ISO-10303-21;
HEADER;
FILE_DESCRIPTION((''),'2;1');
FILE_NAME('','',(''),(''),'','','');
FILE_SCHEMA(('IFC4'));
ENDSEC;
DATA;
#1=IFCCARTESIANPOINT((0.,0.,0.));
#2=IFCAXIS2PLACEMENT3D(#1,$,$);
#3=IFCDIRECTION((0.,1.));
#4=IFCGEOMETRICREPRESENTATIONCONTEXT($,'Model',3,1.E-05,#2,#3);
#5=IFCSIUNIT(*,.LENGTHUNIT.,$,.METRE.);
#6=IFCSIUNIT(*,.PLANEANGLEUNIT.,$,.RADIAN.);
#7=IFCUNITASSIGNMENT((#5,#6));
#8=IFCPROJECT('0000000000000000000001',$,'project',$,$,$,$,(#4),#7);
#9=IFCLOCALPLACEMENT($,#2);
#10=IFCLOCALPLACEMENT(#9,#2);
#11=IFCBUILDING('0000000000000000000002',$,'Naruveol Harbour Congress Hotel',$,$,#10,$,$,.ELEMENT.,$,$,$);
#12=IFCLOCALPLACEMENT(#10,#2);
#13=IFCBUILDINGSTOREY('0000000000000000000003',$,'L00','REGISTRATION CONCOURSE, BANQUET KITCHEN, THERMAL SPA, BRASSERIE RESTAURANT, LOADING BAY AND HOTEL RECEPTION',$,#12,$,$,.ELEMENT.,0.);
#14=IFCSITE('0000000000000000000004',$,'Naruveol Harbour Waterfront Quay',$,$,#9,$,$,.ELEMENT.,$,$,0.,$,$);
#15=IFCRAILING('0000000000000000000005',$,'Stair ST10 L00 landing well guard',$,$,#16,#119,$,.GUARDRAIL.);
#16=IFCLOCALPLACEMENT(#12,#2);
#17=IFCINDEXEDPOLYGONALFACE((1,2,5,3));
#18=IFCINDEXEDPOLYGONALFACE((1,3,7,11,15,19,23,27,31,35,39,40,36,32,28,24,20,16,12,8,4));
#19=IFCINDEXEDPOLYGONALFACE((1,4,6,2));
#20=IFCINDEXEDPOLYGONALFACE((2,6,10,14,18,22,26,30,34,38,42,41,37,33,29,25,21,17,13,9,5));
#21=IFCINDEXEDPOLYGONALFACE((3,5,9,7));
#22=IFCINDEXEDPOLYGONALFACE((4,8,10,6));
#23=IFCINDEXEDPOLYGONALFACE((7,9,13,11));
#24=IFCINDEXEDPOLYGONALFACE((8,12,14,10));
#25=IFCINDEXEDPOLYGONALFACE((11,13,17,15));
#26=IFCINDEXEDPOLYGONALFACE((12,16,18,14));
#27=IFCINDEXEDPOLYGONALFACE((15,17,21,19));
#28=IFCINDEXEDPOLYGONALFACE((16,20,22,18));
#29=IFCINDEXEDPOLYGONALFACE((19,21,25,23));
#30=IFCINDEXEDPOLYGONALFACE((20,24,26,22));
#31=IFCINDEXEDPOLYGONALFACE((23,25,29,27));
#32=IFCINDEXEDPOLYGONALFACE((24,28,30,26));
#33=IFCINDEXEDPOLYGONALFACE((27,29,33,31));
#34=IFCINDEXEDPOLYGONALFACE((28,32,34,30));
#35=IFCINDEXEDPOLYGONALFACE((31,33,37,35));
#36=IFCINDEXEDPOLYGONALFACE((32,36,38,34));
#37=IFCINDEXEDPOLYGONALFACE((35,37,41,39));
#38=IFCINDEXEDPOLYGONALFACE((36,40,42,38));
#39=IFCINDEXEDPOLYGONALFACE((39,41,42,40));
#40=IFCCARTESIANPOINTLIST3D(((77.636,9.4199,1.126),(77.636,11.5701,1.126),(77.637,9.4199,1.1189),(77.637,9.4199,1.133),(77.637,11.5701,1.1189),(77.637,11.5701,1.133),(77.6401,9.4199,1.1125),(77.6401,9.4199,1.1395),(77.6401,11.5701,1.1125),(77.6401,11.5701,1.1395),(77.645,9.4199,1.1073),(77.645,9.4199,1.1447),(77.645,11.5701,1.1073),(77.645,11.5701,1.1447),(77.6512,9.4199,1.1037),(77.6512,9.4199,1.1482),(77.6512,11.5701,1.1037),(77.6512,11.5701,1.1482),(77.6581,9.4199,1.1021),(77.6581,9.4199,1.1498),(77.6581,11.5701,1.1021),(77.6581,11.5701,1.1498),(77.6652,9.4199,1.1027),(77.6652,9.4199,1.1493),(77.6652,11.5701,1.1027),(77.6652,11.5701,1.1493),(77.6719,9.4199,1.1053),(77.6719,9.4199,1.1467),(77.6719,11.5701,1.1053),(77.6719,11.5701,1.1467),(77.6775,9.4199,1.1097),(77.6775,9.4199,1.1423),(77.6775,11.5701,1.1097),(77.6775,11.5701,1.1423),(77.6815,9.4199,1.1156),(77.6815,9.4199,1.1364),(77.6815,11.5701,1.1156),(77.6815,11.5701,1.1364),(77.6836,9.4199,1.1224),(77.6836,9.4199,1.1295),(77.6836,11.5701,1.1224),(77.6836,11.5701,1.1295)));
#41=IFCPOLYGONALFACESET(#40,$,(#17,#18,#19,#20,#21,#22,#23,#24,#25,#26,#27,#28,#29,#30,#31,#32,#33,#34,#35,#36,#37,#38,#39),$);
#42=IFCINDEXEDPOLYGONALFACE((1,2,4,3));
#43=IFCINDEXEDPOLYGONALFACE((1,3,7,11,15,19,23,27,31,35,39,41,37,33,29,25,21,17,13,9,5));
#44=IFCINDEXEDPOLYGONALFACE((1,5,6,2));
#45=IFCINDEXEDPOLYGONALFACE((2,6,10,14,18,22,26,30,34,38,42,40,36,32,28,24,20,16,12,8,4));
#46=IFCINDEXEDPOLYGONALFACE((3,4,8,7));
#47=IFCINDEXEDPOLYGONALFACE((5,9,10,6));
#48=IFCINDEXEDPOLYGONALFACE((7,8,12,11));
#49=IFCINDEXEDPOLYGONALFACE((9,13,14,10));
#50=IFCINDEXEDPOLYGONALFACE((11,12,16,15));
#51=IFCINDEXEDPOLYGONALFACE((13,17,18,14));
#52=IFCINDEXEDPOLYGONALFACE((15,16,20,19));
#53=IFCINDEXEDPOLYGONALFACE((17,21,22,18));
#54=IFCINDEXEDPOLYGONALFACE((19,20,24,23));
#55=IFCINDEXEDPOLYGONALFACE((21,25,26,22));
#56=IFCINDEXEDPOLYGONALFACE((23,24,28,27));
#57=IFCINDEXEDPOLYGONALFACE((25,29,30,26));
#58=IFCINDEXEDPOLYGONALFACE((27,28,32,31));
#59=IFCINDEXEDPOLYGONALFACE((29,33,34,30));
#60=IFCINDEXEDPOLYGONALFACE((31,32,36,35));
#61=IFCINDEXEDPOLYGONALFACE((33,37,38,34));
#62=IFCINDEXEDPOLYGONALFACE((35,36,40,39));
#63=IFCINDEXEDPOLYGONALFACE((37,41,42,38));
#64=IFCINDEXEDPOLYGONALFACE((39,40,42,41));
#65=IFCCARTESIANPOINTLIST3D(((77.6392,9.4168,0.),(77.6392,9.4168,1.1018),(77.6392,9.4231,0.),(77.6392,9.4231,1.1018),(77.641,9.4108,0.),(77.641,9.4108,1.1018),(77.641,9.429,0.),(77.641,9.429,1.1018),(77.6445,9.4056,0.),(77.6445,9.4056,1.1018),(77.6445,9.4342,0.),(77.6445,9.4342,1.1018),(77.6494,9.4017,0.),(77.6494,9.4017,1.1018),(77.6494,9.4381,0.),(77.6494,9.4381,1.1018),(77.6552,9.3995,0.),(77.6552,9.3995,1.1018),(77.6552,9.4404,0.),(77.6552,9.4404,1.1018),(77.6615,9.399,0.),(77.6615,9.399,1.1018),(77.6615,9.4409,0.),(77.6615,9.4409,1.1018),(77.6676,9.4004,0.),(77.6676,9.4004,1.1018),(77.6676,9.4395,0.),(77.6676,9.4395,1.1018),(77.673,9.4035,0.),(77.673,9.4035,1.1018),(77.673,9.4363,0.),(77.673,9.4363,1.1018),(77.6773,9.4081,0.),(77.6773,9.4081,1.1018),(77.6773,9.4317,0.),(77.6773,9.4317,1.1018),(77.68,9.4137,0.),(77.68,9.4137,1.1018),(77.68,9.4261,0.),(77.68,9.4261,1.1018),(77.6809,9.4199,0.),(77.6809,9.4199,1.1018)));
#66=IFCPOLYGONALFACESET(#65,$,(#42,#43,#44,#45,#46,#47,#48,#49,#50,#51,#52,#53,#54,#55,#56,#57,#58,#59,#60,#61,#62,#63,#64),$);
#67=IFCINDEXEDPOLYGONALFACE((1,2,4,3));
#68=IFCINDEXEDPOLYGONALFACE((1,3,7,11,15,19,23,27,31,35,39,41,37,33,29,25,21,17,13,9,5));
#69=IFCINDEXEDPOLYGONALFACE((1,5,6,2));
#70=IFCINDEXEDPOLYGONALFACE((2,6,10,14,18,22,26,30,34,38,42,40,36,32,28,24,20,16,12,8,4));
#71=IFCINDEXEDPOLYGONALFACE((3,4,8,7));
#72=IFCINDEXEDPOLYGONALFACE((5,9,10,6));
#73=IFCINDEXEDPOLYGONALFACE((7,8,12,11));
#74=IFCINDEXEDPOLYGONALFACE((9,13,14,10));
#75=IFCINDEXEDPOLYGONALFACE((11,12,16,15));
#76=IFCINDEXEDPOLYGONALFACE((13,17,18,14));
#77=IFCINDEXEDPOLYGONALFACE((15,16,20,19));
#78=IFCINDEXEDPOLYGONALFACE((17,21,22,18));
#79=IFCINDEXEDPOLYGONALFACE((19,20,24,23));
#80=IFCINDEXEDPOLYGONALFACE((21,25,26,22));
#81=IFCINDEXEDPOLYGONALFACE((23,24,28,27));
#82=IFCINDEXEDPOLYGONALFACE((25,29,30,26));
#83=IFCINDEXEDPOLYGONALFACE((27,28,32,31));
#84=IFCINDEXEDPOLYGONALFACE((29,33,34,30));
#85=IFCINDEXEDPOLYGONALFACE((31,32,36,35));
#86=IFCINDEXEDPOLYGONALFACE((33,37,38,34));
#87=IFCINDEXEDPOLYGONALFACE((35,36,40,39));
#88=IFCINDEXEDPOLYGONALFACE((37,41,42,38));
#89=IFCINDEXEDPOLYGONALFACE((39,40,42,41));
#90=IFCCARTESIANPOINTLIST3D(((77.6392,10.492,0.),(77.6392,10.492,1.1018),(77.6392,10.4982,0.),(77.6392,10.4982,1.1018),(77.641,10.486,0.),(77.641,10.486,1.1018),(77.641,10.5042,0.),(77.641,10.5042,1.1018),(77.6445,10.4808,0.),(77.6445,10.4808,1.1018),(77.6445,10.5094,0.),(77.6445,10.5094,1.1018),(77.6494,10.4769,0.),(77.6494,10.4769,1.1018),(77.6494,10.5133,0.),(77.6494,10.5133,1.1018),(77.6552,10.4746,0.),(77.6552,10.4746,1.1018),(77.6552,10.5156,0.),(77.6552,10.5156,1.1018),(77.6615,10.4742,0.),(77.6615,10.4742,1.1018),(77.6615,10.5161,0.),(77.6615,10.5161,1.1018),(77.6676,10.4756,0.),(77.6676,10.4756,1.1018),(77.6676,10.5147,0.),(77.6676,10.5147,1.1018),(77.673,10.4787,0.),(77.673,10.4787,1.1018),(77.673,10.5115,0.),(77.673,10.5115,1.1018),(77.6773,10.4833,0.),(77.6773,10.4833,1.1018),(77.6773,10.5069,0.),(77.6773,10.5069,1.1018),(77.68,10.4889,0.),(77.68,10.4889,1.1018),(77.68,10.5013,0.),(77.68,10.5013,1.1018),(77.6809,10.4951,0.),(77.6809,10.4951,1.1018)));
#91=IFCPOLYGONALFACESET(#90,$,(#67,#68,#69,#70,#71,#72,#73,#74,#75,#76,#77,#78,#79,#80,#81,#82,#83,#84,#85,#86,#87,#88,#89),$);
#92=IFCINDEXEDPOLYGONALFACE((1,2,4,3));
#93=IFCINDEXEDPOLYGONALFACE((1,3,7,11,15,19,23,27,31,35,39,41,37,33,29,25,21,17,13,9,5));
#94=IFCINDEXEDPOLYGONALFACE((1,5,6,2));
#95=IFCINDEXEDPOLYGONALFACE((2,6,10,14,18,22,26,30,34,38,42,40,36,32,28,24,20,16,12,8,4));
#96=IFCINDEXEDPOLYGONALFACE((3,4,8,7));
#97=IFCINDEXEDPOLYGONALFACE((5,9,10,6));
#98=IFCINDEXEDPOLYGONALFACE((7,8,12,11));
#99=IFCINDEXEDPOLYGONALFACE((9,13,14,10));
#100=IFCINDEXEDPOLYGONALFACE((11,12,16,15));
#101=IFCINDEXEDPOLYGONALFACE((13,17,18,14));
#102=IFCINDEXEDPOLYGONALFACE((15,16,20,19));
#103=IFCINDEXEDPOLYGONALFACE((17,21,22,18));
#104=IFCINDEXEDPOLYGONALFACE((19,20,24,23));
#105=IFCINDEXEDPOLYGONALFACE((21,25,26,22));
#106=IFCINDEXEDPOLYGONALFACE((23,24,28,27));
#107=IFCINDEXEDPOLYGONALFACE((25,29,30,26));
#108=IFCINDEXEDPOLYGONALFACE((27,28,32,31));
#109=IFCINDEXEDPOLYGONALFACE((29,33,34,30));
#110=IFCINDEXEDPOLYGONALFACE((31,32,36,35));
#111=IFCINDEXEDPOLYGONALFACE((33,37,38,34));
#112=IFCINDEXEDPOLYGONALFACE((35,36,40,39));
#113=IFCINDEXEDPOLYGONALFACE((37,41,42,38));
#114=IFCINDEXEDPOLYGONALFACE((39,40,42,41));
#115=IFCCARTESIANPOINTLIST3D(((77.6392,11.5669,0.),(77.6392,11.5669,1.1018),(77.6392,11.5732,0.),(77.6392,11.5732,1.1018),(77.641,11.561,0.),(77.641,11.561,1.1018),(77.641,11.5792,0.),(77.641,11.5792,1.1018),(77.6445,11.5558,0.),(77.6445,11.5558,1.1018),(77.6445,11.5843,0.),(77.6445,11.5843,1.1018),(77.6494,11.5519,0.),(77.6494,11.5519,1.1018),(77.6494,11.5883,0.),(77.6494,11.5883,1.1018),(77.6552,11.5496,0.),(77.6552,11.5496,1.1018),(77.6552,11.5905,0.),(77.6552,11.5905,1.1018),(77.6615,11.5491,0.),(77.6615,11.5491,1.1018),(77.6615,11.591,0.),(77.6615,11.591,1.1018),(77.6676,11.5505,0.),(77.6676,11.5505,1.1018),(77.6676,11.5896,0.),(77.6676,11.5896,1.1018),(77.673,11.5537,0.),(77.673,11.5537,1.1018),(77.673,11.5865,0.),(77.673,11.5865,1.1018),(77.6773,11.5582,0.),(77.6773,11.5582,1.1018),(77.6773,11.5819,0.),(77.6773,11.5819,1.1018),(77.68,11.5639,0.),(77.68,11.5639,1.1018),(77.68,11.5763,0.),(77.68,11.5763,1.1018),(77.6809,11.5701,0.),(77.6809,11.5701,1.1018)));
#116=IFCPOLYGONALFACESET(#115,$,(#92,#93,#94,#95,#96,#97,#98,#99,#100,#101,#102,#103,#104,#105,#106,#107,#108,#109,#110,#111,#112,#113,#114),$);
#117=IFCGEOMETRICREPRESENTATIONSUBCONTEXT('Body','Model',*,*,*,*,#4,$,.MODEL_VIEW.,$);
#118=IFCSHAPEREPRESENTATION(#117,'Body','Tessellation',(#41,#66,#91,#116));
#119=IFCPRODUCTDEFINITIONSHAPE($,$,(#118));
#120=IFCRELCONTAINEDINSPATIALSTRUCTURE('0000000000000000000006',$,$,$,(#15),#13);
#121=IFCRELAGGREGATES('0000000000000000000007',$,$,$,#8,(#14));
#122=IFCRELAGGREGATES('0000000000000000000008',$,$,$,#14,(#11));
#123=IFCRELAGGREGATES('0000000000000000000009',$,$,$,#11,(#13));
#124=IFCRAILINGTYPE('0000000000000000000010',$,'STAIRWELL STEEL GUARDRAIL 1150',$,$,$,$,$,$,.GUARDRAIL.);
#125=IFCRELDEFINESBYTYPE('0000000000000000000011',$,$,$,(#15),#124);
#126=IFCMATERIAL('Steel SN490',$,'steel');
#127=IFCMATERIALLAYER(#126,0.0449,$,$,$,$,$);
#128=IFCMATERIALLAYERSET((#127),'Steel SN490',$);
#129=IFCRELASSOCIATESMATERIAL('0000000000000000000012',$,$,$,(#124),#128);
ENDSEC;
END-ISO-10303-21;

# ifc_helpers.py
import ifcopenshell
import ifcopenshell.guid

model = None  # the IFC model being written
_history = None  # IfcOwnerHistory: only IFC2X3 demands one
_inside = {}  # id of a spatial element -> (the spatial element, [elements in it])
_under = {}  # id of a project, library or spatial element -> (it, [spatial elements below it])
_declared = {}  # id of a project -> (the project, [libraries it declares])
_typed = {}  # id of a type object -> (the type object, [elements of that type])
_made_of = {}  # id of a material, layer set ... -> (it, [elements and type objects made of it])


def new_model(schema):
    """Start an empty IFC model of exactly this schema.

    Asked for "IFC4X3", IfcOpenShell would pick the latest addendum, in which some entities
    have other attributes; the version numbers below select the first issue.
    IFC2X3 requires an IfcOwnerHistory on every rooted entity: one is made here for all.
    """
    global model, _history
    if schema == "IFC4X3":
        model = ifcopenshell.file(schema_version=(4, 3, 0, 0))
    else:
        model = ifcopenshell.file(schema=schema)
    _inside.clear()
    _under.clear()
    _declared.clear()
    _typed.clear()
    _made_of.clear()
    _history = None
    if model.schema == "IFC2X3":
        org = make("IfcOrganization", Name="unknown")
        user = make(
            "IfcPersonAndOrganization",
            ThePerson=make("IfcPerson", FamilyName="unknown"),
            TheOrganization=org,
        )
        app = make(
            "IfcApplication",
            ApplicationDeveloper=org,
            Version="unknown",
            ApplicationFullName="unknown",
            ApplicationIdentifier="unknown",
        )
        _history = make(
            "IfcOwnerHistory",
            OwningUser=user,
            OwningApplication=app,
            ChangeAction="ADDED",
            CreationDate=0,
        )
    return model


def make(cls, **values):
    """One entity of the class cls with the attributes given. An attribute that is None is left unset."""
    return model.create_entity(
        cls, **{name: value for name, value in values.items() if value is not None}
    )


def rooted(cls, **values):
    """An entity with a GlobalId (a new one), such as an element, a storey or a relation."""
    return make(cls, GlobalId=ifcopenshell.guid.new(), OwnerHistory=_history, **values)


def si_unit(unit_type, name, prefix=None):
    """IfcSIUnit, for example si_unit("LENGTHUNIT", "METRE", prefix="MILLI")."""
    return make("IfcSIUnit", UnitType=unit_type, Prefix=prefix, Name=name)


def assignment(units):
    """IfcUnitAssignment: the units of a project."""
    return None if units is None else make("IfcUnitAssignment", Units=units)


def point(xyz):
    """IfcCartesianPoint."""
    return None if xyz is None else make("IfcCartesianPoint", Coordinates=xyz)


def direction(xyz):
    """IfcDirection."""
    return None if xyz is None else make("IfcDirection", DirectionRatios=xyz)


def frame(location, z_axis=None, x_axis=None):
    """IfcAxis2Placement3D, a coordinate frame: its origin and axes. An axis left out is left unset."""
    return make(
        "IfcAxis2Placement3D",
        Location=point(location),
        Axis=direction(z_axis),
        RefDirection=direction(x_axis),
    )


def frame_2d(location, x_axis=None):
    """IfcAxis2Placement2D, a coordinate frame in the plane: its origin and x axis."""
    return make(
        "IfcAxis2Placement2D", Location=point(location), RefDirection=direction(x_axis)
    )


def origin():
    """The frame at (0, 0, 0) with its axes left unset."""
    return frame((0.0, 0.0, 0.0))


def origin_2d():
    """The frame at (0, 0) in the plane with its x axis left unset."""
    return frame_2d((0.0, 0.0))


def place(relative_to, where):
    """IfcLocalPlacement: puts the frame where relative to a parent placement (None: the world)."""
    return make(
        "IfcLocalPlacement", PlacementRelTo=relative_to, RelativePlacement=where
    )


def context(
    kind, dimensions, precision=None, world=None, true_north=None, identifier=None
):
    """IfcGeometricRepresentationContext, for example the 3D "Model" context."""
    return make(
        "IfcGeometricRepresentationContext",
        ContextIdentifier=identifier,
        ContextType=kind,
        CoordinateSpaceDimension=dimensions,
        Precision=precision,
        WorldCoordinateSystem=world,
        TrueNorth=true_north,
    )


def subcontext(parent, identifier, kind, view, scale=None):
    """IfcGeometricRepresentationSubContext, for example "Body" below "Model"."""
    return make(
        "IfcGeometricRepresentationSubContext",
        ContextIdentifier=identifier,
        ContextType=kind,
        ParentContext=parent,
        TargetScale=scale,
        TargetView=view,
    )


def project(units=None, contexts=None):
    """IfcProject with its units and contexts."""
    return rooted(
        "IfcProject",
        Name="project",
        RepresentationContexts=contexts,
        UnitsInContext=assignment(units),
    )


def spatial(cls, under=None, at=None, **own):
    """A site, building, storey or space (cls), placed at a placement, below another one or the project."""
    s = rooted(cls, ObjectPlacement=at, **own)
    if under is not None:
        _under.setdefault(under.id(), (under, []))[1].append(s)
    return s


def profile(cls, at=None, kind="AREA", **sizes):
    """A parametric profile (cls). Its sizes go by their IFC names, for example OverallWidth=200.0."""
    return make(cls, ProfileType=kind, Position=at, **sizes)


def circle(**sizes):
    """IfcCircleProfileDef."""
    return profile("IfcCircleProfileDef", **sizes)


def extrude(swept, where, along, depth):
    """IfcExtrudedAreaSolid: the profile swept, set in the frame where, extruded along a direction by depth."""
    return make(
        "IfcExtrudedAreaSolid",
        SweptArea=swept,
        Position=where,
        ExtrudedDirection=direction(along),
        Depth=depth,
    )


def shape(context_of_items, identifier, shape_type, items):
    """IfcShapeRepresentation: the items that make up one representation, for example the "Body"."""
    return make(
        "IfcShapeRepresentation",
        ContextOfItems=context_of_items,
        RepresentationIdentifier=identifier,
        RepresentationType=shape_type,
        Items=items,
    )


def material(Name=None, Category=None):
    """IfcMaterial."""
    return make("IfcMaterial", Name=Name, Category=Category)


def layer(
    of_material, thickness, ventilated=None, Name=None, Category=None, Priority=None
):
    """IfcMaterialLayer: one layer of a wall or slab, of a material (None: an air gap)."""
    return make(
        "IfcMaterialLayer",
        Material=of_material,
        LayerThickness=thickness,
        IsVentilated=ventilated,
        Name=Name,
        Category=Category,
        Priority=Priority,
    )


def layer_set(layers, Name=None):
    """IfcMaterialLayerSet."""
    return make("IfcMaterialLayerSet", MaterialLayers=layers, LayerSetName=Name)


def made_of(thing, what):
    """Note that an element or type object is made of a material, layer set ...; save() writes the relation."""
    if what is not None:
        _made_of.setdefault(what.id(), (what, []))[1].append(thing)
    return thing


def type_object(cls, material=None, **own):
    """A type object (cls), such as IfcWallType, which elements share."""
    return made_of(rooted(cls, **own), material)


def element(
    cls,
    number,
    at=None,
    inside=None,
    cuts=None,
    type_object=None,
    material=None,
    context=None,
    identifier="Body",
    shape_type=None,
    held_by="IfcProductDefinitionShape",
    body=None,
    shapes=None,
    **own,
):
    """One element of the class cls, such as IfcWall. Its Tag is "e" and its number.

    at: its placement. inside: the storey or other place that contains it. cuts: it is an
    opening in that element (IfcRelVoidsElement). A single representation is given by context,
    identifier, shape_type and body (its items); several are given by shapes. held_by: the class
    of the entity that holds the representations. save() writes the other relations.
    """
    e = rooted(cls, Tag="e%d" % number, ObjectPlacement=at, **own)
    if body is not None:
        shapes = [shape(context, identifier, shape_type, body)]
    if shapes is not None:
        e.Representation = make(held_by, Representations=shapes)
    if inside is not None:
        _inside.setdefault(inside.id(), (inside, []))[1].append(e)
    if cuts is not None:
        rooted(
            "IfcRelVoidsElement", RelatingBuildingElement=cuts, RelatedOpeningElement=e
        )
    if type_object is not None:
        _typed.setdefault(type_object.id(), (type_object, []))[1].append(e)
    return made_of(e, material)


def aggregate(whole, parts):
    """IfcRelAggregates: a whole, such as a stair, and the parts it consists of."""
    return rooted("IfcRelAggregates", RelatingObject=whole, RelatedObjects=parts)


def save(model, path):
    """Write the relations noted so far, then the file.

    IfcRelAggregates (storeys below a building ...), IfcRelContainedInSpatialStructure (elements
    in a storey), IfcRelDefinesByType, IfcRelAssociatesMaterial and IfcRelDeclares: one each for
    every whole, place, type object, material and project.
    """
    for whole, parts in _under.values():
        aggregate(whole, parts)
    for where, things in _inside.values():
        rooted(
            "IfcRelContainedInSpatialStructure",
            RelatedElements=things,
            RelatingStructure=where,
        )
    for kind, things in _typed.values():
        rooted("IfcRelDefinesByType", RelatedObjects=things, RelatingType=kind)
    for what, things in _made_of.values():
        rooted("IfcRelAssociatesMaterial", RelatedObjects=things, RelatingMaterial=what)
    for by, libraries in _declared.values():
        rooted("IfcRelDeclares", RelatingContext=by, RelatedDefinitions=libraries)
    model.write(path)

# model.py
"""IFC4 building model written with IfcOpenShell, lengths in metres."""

from ifc_helpers import new_model, si_unit, direction, frame, origin, origin_2d, place, context, subcontext, project, spatial, circle, extrude, material, layer, layer_set, type_object, element, save


model = new_model("IFC4")

# Units and contexts
model_context = context("Model", 3, precision=1e-05, world=origin(), true_north=direction((0.0, 1.0)))
body_context = subcontext(model_context, "Body", "Model", "MODEL_VIEW")
ifc_project = project(units=[si_unit("LENGTHUNIT", "METRE"), si_unit("PLANEANGLEUNIT", "RADIAN")], contexts=[model_context])

# Site, building, storey
site_placement = place(None, origin())
site = spatial("IfcSite", under=ifc_project, at=site_placement, Name="Naruveol Harbour Waterfront Quay", CompositionType="ELEMENT", RefElevation=0.0)
building_placement = place(site_placement, origin())
building = spatial("IfcBuilding", under=site, at=building_placement, Name="Naruveol Harbour Congress Hotel", CompositionType="ELEMENT")
storey_placement = place(building_placement, origin())
storey = spatial("IfcBuildingStorey", under=building, at=storey_placement, Name="L00", Description="REGISTRATION CONCOURSE, BANQUET KITCHEN, THERMAL SPA, BRASSERIE RESTAURANT, LOADING BAY AND HOTEL RECEPTION", CompositionType="ELEMENT", Elevation=0.0)

# Railing
ifc_material_1 = material(Name="Steel SN490", Category="steel")
ifc_layer_1 = layer(ifc_material_1, 0.0449)
ifc_layer_set_1 = layer_set([ifc_layer_1], Name="Steel SN490")
railing_type_1 = type_object("IfcRailingType", Name="STAIRWELL STEEL GUARDRAIL 1150", PredefinedType="GUARDRAIL", material=ifc_layer_set_1)
railing_1_placement = place(storey_placement, frame((77.6599, 9.4199, 0.0)))
element("IfcRailing", 1, at=railing_1_placement, inside=storey, type_object=railing_type_1, Name="Stair ST10 L00 landing well guard", PredefinedType="GUARDRAIL", context=body_context, shape_type="SweptSolid", body=[
    extrude(circle(Radius=0.0239, at=origin_2d()), frame((0.0, 0.0, 1.126), z_axis=(0.0, 1.0, 0.0), x_axis=(-1.0, 0.0, 0.0)), (0.0, 0.0, 1.0), 2.1501),
    extrude(circle(Radius=0.021, at=origin_2d()), origin(), (0.0, 0.0, 1.0), 1.1018),
    extrude(circle(Radius=0.021, at=origin_2d()), frame((0.0, 1.0752, 0.0)), (0.0, 0.0, 1.0), 1.1018),
    extrude(circle(Radius=0.021, at=origin_2d()), frame((0.0, 2.1501, 0.0)), (0.0, 0.0, 1.0), 1.1018),
])

save(model, "model.ifc")
